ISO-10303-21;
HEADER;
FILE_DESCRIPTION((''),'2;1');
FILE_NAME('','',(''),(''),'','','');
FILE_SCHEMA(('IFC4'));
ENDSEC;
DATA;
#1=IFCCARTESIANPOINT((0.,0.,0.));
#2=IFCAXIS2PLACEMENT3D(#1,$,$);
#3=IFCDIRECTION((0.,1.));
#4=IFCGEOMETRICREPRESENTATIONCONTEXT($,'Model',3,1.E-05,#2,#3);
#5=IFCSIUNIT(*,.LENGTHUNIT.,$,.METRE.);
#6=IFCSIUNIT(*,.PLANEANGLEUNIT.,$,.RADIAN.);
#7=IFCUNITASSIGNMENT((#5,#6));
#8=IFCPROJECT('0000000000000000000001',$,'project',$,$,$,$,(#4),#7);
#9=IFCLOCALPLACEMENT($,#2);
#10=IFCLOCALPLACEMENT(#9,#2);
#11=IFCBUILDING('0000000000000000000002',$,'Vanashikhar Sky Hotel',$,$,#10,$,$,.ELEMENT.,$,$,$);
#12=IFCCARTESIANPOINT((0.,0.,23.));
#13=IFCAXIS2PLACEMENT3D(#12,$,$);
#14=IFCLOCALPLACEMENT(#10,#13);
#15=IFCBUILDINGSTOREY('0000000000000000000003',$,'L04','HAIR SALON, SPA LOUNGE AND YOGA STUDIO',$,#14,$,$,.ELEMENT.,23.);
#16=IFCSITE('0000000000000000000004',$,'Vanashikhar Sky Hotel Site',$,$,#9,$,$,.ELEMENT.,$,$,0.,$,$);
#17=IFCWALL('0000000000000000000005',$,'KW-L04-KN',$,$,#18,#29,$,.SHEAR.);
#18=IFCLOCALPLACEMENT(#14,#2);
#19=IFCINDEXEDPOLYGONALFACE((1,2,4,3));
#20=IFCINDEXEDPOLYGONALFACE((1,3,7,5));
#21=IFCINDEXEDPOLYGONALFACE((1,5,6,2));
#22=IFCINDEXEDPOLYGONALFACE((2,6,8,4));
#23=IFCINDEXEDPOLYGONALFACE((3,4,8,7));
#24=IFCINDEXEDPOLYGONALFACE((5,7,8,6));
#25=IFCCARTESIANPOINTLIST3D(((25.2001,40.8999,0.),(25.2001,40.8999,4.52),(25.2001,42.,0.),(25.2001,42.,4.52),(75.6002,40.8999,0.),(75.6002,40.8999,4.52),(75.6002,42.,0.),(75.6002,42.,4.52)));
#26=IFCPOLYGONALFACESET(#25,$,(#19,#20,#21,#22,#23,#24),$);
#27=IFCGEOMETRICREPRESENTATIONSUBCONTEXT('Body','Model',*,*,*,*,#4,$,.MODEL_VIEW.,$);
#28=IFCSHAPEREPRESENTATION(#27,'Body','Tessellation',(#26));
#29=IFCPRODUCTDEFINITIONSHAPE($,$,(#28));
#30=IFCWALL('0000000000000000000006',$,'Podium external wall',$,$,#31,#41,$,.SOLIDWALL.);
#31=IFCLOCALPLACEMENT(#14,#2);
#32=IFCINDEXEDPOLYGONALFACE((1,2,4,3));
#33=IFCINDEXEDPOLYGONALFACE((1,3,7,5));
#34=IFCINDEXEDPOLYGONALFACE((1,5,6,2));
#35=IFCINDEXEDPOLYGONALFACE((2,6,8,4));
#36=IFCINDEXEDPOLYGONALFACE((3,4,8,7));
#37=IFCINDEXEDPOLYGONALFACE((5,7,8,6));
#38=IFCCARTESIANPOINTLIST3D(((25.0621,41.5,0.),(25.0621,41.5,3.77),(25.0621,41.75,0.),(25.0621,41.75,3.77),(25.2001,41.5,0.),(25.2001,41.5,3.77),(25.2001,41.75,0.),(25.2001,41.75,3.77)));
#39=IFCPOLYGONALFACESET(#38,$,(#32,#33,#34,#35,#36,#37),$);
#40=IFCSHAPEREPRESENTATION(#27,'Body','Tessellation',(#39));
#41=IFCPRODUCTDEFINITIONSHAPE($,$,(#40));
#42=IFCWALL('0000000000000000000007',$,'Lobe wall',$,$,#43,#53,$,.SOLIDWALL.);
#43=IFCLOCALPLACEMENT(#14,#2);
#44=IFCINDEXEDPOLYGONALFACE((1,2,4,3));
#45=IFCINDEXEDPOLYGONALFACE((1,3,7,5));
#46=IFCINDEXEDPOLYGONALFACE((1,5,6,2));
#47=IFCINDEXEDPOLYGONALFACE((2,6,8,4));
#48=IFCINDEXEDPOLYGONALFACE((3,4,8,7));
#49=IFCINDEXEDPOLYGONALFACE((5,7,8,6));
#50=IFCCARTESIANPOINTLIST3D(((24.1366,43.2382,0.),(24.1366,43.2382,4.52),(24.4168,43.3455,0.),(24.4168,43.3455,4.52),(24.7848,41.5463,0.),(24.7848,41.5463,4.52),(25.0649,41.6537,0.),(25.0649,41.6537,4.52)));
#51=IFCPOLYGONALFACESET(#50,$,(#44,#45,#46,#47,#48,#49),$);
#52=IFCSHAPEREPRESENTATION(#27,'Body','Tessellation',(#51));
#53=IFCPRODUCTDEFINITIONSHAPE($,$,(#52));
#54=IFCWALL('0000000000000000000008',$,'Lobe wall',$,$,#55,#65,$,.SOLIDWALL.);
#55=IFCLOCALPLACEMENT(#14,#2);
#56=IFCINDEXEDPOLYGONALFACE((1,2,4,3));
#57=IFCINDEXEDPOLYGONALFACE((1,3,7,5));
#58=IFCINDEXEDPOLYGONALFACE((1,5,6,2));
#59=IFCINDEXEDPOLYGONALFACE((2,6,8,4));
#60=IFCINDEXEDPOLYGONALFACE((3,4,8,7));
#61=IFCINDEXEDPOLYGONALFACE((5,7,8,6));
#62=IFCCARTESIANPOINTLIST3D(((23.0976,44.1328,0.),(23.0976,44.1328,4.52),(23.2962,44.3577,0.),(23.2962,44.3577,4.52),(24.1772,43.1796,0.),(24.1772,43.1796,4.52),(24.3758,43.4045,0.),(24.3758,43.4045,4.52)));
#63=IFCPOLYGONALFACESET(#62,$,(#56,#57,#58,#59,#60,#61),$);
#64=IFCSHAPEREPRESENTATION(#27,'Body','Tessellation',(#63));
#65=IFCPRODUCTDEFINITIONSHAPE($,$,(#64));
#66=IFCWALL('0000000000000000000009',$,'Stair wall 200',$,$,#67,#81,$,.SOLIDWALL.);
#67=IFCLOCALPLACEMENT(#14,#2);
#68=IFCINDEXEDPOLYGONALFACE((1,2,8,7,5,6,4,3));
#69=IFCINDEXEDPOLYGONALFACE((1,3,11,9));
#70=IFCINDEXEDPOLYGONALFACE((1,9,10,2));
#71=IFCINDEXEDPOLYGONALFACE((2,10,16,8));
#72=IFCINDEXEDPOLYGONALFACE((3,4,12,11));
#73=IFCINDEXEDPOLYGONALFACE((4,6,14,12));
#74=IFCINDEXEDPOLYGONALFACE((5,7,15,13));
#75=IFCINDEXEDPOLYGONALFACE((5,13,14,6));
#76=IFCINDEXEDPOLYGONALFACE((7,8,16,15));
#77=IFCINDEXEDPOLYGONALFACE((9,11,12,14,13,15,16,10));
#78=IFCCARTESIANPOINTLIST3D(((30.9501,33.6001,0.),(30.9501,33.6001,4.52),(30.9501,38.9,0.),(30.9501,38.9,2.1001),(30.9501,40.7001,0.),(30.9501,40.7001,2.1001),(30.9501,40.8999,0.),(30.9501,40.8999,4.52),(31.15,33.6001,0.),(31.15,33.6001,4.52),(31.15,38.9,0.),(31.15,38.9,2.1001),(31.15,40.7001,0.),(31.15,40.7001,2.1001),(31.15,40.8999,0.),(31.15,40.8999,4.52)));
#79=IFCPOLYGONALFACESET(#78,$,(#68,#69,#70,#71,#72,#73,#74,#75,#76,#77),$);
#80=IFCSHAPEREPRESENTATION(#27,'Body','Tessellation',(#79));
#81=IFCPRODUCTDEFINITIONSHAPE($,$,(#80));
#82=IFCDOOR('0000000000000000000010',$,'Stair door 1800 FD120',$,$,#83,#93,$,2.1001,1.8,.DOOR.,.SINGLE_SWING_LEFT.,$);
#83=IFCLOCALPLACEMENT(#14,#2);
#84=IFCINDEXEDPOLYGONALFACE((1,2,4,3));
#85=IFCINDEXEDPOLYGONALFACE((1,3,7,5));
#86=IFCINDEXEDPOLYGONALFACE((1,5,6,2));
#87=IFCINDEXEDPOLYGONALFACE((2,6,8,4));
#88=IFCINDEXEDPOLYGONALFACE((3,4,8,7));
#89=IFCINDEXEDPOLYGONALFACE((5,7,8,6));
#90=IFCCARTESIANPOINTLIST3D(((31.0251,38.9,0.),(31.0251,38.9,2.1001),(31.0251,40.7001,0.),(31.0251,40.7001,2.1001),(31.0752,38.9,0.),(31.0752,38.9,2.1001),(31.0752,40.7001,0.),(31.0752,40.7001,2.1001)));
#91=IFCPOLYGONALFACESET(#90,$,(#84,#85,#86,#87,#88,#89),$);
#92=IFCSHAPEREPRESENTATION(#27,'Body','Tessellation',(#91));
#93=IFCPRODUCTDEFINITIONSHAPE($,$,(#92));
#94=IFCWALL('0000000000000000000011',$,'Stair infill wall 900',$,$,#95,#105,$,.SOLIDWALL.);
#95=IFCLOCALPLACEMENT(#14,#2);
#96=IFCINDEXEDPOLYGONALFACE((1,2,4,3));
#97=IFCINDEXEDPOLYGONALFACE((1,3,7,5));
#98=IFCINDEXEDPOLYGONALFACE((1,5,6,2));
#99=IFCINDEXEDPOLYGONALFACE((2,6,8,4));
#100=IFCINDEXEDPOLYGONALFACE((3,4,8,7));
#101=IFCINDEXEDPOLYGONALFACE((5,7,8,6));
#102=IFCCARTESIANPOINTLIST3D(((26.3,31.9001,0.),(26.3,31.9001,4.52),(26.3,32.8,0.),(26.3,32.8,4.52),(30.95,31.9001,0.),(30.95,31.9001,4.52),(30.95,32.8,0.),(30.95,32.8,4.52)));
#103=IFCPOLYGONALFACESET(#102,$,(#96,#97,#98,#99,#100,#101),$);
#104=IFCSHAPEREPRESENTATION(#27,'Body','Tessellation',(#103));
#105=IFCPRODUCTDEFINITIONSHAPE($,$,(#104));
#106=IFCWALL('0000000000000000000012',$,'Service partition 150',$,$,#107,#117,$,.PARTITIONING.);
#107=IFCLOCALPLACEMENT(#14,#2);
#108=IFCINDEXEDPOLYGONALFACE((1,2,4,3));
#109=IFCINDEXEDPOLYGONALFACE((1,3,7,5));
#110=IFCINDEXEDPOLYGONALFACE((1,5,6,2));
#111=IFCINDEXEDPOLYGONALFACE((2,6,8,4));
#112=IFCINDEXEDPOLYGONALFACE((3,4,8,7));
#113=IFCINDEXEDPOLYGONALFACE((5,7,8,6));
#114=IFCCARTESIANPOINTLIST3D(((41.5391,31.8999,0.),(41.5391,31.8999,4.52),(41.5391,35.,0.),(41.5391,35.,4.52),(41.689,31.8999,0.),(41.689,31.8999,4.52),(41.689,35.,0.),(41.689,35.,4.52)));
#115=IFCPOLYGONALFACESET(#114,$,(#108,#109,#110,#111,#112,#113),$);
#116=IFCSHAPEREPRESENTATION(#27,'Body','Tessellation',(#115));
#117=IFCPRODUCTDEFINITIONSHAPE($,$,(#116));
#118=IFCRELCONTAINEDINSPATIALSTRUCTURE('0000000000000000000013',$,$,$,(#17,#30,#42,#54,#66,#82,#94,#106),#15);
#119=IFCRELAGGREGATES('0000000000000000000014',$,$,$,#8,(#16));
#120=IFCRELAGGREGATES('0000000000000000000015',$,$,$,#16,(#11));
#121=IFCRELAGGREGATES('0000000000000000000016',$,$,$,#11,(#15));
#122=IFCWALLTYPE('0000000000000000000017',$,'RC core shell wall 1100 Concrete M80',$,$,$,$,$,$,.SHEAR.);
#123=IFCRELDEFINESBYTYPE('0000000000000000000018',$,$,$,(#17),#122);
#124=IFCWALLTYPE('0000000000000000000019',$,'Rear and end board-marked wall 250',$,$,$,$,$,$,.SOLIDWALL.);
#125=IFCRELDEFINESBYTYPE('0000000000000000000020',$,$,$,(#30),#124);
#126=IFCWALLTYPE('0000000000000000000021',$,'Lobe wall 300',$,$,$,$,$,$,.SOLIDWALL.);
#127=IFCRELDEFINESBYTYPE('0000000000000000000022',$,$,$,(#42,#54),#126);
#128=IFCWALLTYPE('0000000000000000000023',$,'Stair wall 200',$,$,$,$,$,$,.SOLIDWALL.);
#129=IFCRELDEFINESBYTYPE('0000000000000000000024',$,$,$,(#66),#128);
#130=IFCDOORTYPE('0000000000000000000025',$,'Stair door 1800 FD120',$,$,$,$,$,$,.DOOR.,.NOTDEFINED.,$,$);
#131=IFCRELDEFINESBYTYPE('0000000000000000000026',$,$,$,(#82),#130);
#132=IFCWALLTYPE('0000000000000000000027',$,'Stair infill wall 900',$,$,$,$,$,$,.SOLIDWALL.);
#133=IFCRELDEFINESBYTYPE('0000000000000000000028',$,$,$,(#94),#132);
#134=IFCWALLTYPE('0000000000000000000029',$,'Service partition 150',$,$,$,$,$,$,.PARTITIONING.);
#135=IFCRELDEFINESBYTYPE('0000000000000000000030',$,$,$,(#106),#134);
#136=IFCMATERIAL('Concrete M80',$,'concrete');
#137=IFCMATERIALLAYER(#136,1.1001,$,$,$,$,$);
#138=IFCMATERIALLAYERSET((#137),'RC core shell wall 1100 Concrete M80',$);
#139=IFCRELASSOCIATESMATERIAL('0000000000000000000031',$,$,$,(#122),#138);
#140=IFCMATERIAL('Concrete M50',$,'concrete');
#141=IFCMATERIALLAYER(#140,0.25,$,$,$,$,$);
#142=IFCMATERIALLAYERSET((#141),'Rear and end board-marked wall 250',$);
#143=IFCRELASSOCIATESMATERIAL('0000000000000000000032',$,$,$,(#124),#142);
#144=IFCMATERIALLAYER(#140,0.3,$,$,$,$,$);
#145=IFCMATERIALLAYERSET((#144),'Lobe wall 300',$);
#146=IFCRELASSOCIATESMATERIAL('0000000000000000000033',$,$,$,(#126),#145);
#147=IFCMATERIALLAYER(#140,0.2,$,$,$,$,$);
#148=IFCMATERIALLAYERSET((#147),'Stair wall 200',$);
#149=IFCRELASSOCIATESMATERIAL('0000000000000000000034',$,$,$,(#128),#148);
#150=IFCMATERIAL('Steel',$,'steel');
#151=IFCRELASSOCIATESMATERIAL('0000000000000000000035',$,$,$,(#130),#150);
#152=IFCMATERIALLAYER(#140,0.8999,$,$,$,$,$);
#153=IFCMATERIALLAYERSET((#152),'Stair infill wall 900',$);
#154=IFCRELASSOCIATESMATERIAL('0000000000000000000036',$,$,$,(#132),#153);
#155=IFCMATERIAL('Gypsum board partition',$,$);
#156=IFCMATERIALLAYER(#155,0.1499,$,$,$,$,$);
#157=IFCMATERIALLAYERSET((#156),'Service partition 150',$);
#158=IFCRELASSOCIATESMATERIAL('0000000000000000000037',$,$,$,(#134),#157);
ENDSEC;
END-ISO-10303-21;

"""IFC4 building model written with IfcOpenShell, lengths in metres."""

from ifc_helpers import new_model, si_unit, direction, frame, frame_2d, origin, place, context, subcontext, project, spatial, rectangle, extrude, source, transform, mapped, material, layer, layer_set, type_object, element, fill, save


model = new_model("IFC4")

# Units and contexts
model_context = context("Model", 3, precision=1e-05, world=origin(), true_north=direction((0.0, 1.0)))
body_context = subcontext(model_context, "Body", "Model", "MODEL_VIEW")
ifc_project = project(units=[si_unit("LENGTHUNIT", "METRE"), si_unit("PLANEANGLEUNIT", "RADIAN")], contexts=[model_context])

# Site, building, storey
site_placement = place(None, origin())
site = spatial("IfcSite", under=ifc_project, at=site_placement, Name="Vanashikhar Sky Hotel Site", CompositionType="ELEMENT", RefElevation=0.0)
building_placement = place(site_placement, origin())
building = spatial("IfcBuilding", under=site, at=building_placement, Name="Vanashikhar Sky Hotel", CompositionType="ELEMENT")
storey_placement = place(building_placement, frame((0.0, 0.0, 23.0)))
storey = spatial("IfcBuildingStorey", under=building, at=storey_placement, Name="L04", Description="HAIR SALON, SPA LOUNGE AND YOGA STUDIO", CompositionType="ELEMENT", Elevation=23.0)

# Walls
ifc_material_1 = material(Name="Concrete M80", Category="concrete")
ifc_layer_1 = layer(ifc_material_1, 1.1001)
ifc_layer_set_1 = layer_set([ifc_layer_1], Name="RC core shell wall 1100 Concrete M80")
wall_type_1 = type_object("IfcWallType", Name="RC core shell wall 1100 Concrete M80", PredefinedType="SHEAR", material=ifc_layer_set_1)
shared_shape_1 = source(origin(), body_context, "Body", "SweptSolid", [
    extrude(rectangle(XDim=50.4001, YDim=1.1001, at=frame_2d((25.2002, 0.0))), origin(), (0.0, 0.0, 1.0), 4.52),
])
wall_1_placement = place(storey_placement, frame((25.2, 41.45, 0.0), z_axis=(0.0, 0.0, 1.0), x_axis=(1.0, 0.0, 0.0)))
element("IfcWall", 1, at=wall_1_placement, inside=storey, type_object=wall_type_1, Name="KW-L04-KN", PredefinedType="SHEAR", context=body_context, shape_type="MappedRepresentation", body=[
    mapped(shared_shape_1, transform((0.0, 0.0, 0.0), scale=1.0)),
])
ifc_material_2 = material(Name="Concrete M50", Category="concrete")
ifc_layer_2 = layer(ifc_material_2, 0.25)
ifc_layer_set_2 = layer_set([ifc_layer_2], Name="Rear and end board-marked wall 250")
wall_type_2 = type_object("IfcWallType", Name="Rear and end board-marked wall 250", PredefinedType="SOLIDWALL", material=ifc_layer_set_2)
shared_shape_2 = source(origin(), body_context, "Body", "SweptSolid", [
    extrude(rectangle(XDim=0.1379, YDim=0.25, at=frame_2d((0.0688, 0.0))), origin(), (0.0, 0.0, 1.0), 3.77),
])
wall_2_placement = place(storey_placement, frame((25.2, 41.625, 0.0), z_axis=(0.0, 0.0, 1.0), x_axis=(-1.0, 0.0, 0.0)))
element("IfcWall", 2, at=wall_2_placement, inside=storey, type_object=wall_type_2, Name="Podium external wall", PredefinedType="SOLIDWALL", context=body_context, shape_type="MappedRepresentation", body=[
    mapped(shared_shape_2, transform((0.0, 0.0, 0.0), scale=1.0)),
])
ifc_layer_3 = layer(ifc_material_2, 0.3)
ifc_layer_set_3 = layer_set([ifc_layer_3], Name="Lobe wall 300")
wall_type_3 = type_object("IfcWallType", Name="Lobe wall 300", PredefinedType="SOLIDWALL", material=ifc_layer_set_3)
shared_shape_3 = source(origin(), body_context, "Body", "SweptSolid", [
    extrude(rectangle(XDim=1.8118, YDim=0.3, at=frame_2d((0.9058, 0.0))), origin(), (0.0, 0.0, 1.0), 4.52),
])
wall_3_placement = place(storey_placement, frame((24.9248, 41.6001, 0.0), z_axis=(0.0, 0.0, 1.0), x_axis=(-0.35776, 0.933814, 0.0)))
element("IfcWall", 3, at=wall_3_placement, inside=storey, type_object=wall_type_3, Name="Lobe wall", PredefinedType="SOLIDWALL", context=body_context, shape_type="MappedRepresentation", body=[
    mapped(shared_shape_3, transform((0.0, 0.0, 0.0), scale=1.0)),
])
shared_shape_4 = source(origin(), body_context, "Body", "SweptSolid", [
    extrude(rectangle(XDim=1.4402, YDim=0.3, at=frame_2d((0.7202, 0.0))), origin(), (0.0, 0.0, 1.0), 4.52),
])
wall_4_placement = place(storey_placement, frame((24.2766, 43.292, 0.0), z_axis=(0.0, 0.0, 1.0), x_axis=(-0.74965, 0.661835, 0.0)))
element("IfcWall", 4, at=wall_4_placement, inside=storey, type_object=wall_type_3, Name="Lobe wall", PredefinedType="SOLIDWALL", context=body_context, shape_type="MappedRepresentation", body=[
    mapped(shared_shape_4, transform((0.0, 0.0, 0.0), scale=1.0)),
])

# Wall, opening, door
ifc_layer_4 = layer(ifc_material_2, 0.2)
ifc_layer_set_4 = layer_set([ifc_layer_4], Name="Stair wall 200")
wall_type_4 = type_object("IfcWallType", Name="Stair wall 200", PredefinedType="SOLIDWALL", material=ifc_layer_set_4)
shared_shape_5 = source(origin(), body_context, "Body", "SweptSolid", [
    extrude(rectangle(XDim=7.2998, YDim=0.2, at=frame_2d((3.6499, 0.0))), origin(), (0.0, 0.0, 1.0), 4.52),
])
wall_5_placement = place(storey_placement, frame((31.05, 33.6001, 0.0), z_axis=(0.0, 0.0, 1.0), x_axis=(0.0, 1.0, 0.0)))
wall_5 = element("IfcWall", 5, at=wall_5_placement, inside=storey, type_object=wall_type_4, Name="Stair wall 200", PredefinedType="SOLIDWALL", context=body_context, shape_type="MappedRepresentation", body=[
    mapped(shared_shape_5, transform((0.0, 0.0, 0.0), scale=1.0)),
])
shared_shape_6 = source(origin(), body_context, "Body", "SweptSolid", [
    extrude(rectangle(XDim=1.8, YDim=2.1001, at=frame_2d((0.8999, 1.05))), frame((0.0, 0.1099, 0.0), z_axis=(0.0, -1.0, 0.0), x_axis=(1.0, 0.0, 0.0)), (0.0, 0.0, 1.0), 0.22),
])
opening_1_placement = place(wall_5_placement, frame((5.3, 0.0, 0.0)))
opening_1 = element("IfcOpeningElement", 6, at=opening_1_placement, cuts=wall_5, PredefinedType="OPENING", context=body_context, shape_type="MappedRepresentation", body=[
    mapped(shared_shape_6, transform((0.0, 0.0, 0.0), scale=1.0)),
])
ifc_material_3 = material(Name="Steel", Category="steel")
door_type_1 = type_object("IfcDoorType", Name="Stair door 1800 FD120", OperationType="NOTDEFINED", PredefinedType="DOOR", material=ifc_material_3)
shared_shape_7 = source(origin(), body_context, "Body", "SweptSolid", [
    extrude(rectangle(XDim=1.8, YDim=2.1001, at=frame_2d((0.8999, 1.05))), frame((0.0, 0.0249, 0.0), z_axis=(0.0, -1.0, 0.0), x_axis=(1.0, 0.0, 0.0)), (0.0, 0.0, 1.0), 0.05),
])
door_1_placement = place(opening_1_placement, origin())
door_1 = element("IfcDoor", 7, at=door_1_placement, inside=storey, type_object=door_type_1, Name="Stair door 1800 FD120", OperationType="SINGLE_SWING_LEFT", OverallHeight=2.1001, OverallWidth=1.8, PredefinedType="DOOR", context=body_context, shape_type="MappedRepresentation", body=[
    mapped(shared_shape_7, transform((0.0, 0.0, 0.0), scale=1.0)),
])
fill(opening_1, door_1)

# Walls
ifc_layer_5 = layer(ifc_material_2, 0.8999)
ifc_layer_set_5 = layer_set([ifc_layer_5], Name="Stair infill wall 900")
wall_type_5 = type_object("IfcWallType", Name="Stair infill wall 900", PredefinedType="SOLIDWALL", material=ifc_layer_set_5)
shared_shape_8 = source(origin(), body_context, "Body", "SweptSolid", [
    extrude(rectangle(XDim=4.6499, YDim=0.8999, at=frame_2d((2.325, 0.0))), origin(), (0.0, 0.0, 1.0), 4.52),
])
wall_6_placement = place(storey_placement, frame((26.3, 32.3501, 0.0), z_axis=(0.0, 0.0, 1.0), x_axis=(1.0, 0.0, 0.0)))
element("IfcWall", 8, at=wall_6_placement, inside=storey, type_object=wall_type_5, Name="Stair infill wall 900", PredefinedType="SOLIDWALL", context=body_context, shape_type="MappedRepresentation", body=[
    mapped(shared_shape_8, transform((0.0, 0.0, 0.0), scale=1.0)),
])
ifc_material_4 = material(Name="Gypsum board partition")
ifc_layer_6 = layer(ifc_material_4, 0.1499)
ifc_layer_set_6 = layer_set([ifc_layer_6], Name="Service partition 150")
wall_type_6 = type_object("IfcWallType", Name="Service partition 150", PredefinedType="PARTITIONING", material=ifc_layer_set_6)
shared_shape_9 = source(origin(), body_context, "Body", "SweptSolid", [
    extrude(rectangle(XDim=3.1001, YDim=0.1499, at=frame_2d((1.55, 0.0))), origin(), (0.0, 0.0, 1.0), 4.52),
])
wall_7_placement = place(storey_placement, frame((41.614, 31.8999, 0.0), z_axis=(0.0, 0.0, 1.0), x_axis=(0.0, 1.0, 0.0)))
element("IfcWall", 9, at=wall_7_placement, inside=storey, type_object=wall_type_6, Name="Service partition 150", PredefinedType="PARTITIONING", context=body_context, shape_type="MappedRepresentation", body=[
    mapped(shared_shape_9, transform((0.0, 0.0, 0.0), scale=1.0)),
])

save(model, "model.ifc")
